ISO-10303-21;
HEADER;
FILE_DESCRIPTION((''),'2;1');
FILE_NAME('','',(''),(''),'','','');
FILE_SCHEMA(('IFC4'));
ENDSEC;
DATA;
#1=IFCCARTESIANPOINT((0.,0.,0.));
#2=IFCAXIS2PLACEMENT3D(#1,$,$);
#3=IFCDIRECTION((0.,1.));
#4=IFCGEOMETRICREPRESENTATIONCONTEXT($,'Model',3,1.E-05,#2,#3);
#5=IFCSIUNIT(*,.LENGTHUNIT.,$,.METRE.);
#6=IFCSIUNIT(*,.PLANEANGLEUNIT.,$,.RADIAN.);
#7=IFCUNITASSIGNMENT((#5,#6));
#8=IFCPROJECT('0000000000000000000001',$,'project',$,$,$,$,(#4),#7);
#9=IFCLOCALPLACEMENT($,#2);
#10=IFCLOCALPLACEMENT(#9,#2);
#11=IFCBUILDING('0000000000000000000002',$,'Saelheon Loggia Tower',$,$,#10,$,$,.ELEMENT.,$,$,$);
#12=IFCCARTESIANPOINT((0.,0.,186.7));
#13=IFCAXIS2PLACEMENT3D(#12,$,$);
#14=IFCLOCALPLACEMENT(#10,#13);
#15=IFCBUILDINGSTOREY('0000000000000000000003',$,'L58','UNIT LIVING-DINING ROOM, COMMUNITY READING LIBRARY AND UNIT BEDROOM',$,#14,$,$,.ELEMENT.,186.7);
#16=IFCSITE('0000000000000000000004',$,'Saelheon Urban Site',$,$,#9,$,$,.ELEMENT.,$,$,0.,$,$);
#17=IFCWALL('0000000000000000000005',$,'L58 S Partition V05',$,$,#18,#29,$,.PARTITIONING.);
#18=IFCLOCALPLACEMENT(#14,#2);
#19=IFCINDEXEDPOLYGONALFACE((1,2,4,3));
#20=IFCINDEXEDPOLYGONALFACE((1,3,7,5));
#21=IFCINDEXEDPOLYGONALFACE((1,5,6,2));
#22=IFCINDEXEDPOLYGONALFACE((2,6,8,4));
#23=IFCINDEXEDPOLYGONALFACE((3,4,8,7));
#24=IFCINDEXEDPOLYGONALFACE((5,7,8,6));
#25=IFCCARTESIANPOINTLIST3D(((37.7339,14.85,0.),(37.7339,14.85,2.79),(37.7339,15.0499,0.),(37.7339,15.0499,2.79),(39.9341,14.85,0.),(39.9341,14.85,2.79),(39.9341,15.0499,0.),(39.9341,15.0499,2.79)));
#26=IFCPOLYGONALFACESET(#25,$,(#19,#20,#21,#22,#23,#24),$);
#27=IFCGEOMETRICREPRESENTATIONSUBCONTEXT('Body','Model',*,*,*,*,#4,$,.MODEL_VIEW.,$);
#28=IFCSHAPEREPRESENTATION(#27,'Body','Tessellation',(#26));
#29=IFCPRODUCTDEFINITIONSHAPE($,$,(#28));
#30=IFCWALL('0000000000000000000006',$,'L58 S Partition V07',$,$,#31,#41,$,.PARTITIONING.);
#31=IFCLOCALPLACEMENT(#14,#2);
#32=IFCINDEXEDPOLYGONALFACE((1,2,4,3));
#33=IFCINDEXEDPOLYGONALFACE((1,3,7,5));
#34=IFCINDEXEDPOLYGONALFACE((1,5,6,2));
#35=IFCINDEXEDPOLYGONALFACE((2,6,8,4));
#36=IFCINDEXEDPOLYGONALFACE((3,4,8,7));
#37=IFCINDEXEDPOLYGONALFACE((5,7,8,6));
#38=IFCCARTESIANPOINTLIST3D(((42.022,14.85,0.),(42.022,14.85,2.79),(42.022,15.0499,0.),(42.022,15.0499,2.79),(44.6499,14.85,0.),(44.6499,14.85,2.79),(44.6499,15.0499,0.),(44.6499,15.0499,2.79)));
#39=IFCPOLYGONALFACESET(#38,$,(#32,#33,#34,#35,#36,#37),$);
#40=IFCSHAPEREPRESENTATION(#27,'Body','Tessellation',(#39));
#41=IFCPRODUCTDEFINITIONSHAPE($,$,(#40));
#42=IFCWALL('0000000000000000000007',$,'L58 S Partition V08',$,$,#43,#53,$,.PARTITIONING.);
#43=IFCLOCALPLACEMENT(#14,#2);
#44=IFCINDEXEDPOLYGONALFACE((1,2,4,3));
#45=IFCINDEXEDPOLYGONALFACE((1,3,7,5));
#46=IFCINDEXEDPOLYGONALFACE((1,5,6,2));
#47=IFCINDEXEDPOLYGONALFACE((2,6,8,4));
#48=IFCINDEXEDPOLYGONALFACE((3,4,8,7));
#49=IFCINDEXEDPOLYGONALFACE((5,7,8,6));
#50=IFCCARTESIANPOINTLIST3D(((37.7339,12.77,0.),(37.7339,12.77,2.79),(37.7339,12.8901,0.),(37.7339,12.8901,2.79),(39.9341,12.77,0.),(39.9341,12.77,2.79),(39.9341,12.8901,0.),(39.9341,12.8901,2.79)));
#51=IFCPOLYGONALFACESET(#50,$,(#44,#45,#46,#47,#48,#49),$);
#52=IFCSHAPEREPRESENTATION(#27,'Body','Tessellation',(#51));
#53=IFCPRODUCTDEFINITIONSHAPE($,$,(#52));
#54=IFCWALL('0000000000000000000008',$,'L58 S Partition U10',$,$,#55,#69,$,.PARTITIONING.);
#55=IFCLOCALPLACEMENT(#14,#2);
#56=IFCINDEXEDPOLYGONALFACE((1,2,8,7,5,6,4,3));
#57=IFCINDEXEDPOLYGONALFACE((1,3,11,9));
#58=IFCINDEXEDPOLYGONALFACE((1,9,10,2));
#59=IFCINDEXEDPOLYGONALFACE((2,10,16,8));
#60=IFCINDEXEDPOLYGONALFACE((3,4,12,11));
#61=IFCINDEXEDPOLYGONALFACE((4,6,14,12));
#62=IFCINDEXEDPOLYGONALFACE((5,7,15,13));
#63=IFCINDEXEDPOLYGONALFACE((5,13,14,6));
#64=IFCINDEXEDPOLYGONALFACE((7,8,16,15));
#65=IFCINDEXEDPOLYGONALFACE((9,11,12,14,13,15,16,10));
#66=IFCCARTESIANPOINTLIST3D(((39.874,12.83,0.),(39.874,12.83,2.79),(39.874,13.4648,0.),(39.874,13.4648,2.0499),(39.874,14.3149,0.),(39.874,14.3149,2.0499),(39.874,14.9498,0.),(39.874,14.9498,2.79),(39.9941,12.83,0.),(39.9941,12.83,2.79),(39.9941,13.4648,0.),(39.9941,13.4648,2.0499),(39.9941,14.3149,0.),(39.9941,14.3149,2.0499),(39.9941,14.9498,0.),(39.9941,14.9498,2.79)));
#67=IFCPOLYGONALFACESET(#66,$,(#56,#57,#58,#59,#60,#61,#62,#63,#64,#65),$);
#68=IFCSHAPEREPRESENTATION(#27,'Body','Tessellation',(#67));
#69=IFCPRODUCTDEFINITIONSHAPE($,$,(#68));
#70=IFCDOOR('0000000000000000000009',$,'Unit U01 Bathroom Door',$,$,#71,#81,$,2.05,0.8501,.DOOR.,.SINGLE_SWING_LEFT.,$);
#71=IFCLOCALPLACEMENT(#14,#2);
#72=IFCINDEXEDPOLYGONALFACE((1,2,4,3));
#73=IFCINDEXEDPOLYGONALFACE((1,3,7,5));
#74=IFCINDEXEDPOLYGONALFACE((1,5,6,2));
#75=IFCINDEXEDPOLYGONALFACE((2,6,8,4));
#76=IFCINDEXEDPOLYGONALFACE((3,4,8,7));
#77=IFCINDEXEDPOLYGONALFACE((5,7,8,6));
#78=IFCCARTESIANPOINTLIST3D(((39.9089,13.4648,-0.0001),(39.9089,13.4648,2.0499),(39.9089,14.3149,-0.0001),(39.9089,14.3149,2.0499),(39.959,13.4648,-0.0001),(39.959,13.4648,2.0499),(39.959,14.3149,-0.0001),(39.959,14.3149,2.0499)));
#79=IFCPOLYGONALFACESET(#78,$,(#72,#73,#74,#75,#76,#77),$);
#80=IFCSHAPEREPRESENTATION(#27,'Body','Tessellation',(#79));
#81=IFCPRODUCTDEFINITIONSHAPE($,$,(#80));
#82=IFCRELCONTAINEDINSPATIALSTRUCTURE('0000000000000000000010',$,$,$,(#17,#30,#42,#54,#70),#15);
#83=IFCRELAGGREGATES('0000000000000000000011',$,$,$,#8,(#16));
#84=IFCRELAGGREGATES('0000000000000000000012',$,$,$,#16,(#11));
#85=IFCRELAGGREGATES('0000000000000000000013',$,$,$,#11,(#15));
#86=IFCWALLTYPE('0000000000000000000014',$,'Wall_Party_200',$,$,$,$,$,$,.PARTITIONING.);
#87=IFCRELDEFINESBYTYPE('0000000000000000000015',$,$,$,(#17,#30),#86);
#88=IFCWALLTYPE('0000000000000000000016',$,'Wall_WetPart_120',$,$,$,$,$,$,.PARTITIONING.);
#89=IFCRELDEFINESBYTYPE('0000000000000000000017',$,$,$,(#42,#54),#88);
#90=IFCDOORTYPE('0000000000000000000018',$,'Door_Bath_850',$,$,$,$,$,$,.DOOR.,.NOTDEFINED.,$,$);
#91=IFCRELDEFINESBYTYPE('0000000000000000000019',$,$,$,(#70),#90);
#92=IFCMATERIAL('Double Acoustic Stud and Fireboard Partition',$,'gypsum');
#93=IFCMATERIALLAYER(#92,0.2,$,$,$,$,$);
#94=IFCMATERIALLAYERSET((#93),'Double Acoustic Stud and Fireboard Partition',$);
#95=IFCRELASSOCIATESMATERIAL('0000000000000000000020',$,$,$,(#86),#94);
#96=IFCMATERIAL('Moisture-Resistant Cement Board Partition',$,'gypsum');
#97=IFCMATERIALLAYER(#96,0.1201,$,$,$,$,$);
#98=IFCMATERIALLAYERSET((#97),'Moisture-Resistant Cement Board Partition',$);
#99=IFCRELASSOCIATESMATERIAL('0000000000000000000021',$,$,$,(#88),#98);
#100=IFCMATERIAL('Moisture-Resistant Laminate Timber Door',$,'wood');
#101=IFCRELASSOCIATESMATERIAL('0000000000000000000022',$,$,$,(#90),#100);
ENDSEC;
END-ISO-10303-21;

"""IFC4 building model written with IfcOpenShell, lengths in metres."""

from ifc_helpers import new_model, si_unit, direction, frame, frame_2d, origin, place, context, subcontext, project, spatial, rectangle, extrude, source, transform, mapped, material, layer, layer_set, type_object, element, fill, save


model = new_model("IFC4")

# Units and contexts
model_context = context("Model", 3, precision=1e-05, world=origin(), true_north=direction((0.0, 1.0)))
body_context = subcontext(model_context, "Body", "Model", "MODEL_VIEW")
ifc_project = project(units=[si_unit("LENGTHUNIT", "METRE"), si_unit("PLANEANGLEUNIT", "RADIAN")], contexts=[model_context])

# Site, building, storey
site_placement = place(None, origin())
site = spatial("IfcSite", under=ifc_project, at=site_placement, Name="Saelheon Urban Site", CompositionType="ELEMENT", RefElevation=0.0)
building_placement = place(site_placement, origin())
building = spatial("IfcBuilding", under=site, at=building_placement, Name="Saelheon Loggia Tower", CompositionType="ELEMENT")
storey_placement = place(building_placement, frame((0.0, 0.0, 186.7)))
storey = spatial("IfcBuildingStorey", under=building, at=storey_placement, Name="L58", Description="UNIT LIVING-DINING ROOM, COMMUNITY READING LIBRARY AND UNIT BEDROOM", CompositionType="ELEMENT", Elevation=186.7)

# Wall
ifc_material_1 = material(Name="Double Acoustic Stud and Fireboard Partition", Category="gypsum")
ifc_layer_1 = layer(ifc_material_1, 0.2)
ifc_layer_set_1 = layer_set([ifc_layer_1], Name="Double Acoustic Stud and Fireboard Partition")
wall_type_1 = type_object("IfcWallType", Name="Wall_Party_200", PredefinedType="PARTITIONING", material=ifc_layer_set_1)
wall_1_placement = place(storey_placement, frame((37.7339, 14.95, 0.0), z_axis=(0.0, 0.0, 1.0), x_axis=(1.0, 0.0, 0.0)))
element("IfcWall", 1, at=wall_1_placement, inside=storey, type_object=wall_type_1, Name="L58 S Partition V05", PredefinedType="PARTITIONING", context=body_context, shape_type="SweptSolid", body=[
    extrude(rectangle(XDim=2.2002, YDim=0.2, at=frame_2d((1.1001, 0.0))), origin(), (0.0, 0.0, 1.0), 2.79),
])

# Walls
wall_2_placement = place(storey_placement, frame((42.022, 14.95, 0.0), z_axis=(0.0, 0.0, 1.0), x_axis=(1.0, 0.0, 0.0)))
element("IfcWall", 2, at=wall_2_placement, inside=storey, type_object=wall_type_1, Name="L58 S Partition V07", PredefinedType="PARTITIONING", context=body_context, shape_type="SweptSolid", body=[
    extrude(rectangle(XDim=2.6279, YDim=0.2, at=frame_2d((1.314, 0.0))), origin(), (0.0, 0.0, 1.0), 2.79),
])
ifc_material_2 = material(Name="Moisture-Resistant Cement Board Partition", Category="gypsum")
ifc_layer_2 = layer(ifc_material_2, 0.1201)
ifc_layer_set_2 = layer_set([ifc_layer_2], Name="Moisture-Resistant Cement Board Partition")
wall_type_2 = type_object("IfcWallType", Name="Wall_WetPart_120", PredefinedType="PARTITIONING", material=ifc_layer_set_2)
wall_3_placement = place(storey_placement, frame((37.7339, 12.8301, 0.0), z_axis=(0.0, 0.0, 1.0), x_axis=(1.0, 0.0, 0.0)))
element("IfcWall", 3, at=wall_3_placement, inside=storey, type_object=wall_type_2, Name="L58 S Partition V08", PredefinedType="PARTITIONING", context=body_context, shape_type="SweptSolid", body=[
    extrude(rectangle(XDim=2.2002, YDim=0.1201, at=frame_2d((1.1001, 0.0))), origin(), (0.0, 0.0, 1.0), 2.79),
])

# Wall, opening, door
wall_4_placement = place(storey_placement, frame((39.9341, 14.95, 0.0), z_axis=(0.0, 0.0, 1.0), x_axis=(0.0, -1.0, 0.0)))
wall_4 = element("IfcWall", 4, at=wall_4_placement, inside=storey, type_object=wall_type_2, Name="L58 S Partition U10", PredefinedType="PARTITIONING", context=body_context, shape_type="SweptSolid", body=[
    extrude(rectangle(XDim=2.1199, YDim=0.1201, at=frame_2d((1.0601, 0.0))), origin(), (0.0, 0.0, 1.0), 2.79),
])
opening_1_placement = place(wall_4_placement, frame((0.635, 0.0, 0.0)))
opening_1 = element("IfcOpeningElement", 5, at=opening_1_placement, cuts=wall_4, PredefinedType="OPENING", context=body_context, shape_type="SweptSolid", body=[
    extrude(rectangle(XDim=0.8501, YDim=2.05, at=frame_2d((0.425, 1.0249))), frame((0.0, 0.072, 0.0), z_axis=(0.0, -1.0, 0.0), x_axis=(1.0, 0.0, 0.0)), (0.0, 0.0, 1.0), 0.144),
])
ifc_material_3 = material(Name="Moisture-Resistant Laminate Timber Door", Category="wood")
door_type_1 = type_object("IfcDoorType", Name="Door_Bath_850", OperationType="NOTDEFINED", PredefinedType="DOOR", material=ifc_material_3)
shared_shape_1 = source(origin(), body_context, "Body", "SweptSolid", [
    extrude(rectangle(XDim=0.8501, YDim=2.05, at=frame_2d((0.425, 1.0249))), frame((0.0, 0.0249, 0.0), z_axis=(0.0, -1.0, 0.0), x_axis=(1.0, 0.0, 0.0)), (0.0, 0.0, 1.0), 0.05),
])
door_1_placement = place(opening_1_placement, origin())
door_1 = element("IfcDoor", 6, at=door_1_placement, inside=storey, type_object=door_type_1, Name="Unit U01 Bathroom Door", OperationType="SINGLE_SWING_LEFT", OverallHeight=2.05, OverallWidth=0.8501, PredefinedType="DOOR", context=body_context, shape_type="MappedRepresentation", body=[
    mapped(shared_shape_1, transform((0.0, 0.0, 0.0), scale=1.0)),
])
fill(opening_1, door_1)

save(model, "model.ifc")
